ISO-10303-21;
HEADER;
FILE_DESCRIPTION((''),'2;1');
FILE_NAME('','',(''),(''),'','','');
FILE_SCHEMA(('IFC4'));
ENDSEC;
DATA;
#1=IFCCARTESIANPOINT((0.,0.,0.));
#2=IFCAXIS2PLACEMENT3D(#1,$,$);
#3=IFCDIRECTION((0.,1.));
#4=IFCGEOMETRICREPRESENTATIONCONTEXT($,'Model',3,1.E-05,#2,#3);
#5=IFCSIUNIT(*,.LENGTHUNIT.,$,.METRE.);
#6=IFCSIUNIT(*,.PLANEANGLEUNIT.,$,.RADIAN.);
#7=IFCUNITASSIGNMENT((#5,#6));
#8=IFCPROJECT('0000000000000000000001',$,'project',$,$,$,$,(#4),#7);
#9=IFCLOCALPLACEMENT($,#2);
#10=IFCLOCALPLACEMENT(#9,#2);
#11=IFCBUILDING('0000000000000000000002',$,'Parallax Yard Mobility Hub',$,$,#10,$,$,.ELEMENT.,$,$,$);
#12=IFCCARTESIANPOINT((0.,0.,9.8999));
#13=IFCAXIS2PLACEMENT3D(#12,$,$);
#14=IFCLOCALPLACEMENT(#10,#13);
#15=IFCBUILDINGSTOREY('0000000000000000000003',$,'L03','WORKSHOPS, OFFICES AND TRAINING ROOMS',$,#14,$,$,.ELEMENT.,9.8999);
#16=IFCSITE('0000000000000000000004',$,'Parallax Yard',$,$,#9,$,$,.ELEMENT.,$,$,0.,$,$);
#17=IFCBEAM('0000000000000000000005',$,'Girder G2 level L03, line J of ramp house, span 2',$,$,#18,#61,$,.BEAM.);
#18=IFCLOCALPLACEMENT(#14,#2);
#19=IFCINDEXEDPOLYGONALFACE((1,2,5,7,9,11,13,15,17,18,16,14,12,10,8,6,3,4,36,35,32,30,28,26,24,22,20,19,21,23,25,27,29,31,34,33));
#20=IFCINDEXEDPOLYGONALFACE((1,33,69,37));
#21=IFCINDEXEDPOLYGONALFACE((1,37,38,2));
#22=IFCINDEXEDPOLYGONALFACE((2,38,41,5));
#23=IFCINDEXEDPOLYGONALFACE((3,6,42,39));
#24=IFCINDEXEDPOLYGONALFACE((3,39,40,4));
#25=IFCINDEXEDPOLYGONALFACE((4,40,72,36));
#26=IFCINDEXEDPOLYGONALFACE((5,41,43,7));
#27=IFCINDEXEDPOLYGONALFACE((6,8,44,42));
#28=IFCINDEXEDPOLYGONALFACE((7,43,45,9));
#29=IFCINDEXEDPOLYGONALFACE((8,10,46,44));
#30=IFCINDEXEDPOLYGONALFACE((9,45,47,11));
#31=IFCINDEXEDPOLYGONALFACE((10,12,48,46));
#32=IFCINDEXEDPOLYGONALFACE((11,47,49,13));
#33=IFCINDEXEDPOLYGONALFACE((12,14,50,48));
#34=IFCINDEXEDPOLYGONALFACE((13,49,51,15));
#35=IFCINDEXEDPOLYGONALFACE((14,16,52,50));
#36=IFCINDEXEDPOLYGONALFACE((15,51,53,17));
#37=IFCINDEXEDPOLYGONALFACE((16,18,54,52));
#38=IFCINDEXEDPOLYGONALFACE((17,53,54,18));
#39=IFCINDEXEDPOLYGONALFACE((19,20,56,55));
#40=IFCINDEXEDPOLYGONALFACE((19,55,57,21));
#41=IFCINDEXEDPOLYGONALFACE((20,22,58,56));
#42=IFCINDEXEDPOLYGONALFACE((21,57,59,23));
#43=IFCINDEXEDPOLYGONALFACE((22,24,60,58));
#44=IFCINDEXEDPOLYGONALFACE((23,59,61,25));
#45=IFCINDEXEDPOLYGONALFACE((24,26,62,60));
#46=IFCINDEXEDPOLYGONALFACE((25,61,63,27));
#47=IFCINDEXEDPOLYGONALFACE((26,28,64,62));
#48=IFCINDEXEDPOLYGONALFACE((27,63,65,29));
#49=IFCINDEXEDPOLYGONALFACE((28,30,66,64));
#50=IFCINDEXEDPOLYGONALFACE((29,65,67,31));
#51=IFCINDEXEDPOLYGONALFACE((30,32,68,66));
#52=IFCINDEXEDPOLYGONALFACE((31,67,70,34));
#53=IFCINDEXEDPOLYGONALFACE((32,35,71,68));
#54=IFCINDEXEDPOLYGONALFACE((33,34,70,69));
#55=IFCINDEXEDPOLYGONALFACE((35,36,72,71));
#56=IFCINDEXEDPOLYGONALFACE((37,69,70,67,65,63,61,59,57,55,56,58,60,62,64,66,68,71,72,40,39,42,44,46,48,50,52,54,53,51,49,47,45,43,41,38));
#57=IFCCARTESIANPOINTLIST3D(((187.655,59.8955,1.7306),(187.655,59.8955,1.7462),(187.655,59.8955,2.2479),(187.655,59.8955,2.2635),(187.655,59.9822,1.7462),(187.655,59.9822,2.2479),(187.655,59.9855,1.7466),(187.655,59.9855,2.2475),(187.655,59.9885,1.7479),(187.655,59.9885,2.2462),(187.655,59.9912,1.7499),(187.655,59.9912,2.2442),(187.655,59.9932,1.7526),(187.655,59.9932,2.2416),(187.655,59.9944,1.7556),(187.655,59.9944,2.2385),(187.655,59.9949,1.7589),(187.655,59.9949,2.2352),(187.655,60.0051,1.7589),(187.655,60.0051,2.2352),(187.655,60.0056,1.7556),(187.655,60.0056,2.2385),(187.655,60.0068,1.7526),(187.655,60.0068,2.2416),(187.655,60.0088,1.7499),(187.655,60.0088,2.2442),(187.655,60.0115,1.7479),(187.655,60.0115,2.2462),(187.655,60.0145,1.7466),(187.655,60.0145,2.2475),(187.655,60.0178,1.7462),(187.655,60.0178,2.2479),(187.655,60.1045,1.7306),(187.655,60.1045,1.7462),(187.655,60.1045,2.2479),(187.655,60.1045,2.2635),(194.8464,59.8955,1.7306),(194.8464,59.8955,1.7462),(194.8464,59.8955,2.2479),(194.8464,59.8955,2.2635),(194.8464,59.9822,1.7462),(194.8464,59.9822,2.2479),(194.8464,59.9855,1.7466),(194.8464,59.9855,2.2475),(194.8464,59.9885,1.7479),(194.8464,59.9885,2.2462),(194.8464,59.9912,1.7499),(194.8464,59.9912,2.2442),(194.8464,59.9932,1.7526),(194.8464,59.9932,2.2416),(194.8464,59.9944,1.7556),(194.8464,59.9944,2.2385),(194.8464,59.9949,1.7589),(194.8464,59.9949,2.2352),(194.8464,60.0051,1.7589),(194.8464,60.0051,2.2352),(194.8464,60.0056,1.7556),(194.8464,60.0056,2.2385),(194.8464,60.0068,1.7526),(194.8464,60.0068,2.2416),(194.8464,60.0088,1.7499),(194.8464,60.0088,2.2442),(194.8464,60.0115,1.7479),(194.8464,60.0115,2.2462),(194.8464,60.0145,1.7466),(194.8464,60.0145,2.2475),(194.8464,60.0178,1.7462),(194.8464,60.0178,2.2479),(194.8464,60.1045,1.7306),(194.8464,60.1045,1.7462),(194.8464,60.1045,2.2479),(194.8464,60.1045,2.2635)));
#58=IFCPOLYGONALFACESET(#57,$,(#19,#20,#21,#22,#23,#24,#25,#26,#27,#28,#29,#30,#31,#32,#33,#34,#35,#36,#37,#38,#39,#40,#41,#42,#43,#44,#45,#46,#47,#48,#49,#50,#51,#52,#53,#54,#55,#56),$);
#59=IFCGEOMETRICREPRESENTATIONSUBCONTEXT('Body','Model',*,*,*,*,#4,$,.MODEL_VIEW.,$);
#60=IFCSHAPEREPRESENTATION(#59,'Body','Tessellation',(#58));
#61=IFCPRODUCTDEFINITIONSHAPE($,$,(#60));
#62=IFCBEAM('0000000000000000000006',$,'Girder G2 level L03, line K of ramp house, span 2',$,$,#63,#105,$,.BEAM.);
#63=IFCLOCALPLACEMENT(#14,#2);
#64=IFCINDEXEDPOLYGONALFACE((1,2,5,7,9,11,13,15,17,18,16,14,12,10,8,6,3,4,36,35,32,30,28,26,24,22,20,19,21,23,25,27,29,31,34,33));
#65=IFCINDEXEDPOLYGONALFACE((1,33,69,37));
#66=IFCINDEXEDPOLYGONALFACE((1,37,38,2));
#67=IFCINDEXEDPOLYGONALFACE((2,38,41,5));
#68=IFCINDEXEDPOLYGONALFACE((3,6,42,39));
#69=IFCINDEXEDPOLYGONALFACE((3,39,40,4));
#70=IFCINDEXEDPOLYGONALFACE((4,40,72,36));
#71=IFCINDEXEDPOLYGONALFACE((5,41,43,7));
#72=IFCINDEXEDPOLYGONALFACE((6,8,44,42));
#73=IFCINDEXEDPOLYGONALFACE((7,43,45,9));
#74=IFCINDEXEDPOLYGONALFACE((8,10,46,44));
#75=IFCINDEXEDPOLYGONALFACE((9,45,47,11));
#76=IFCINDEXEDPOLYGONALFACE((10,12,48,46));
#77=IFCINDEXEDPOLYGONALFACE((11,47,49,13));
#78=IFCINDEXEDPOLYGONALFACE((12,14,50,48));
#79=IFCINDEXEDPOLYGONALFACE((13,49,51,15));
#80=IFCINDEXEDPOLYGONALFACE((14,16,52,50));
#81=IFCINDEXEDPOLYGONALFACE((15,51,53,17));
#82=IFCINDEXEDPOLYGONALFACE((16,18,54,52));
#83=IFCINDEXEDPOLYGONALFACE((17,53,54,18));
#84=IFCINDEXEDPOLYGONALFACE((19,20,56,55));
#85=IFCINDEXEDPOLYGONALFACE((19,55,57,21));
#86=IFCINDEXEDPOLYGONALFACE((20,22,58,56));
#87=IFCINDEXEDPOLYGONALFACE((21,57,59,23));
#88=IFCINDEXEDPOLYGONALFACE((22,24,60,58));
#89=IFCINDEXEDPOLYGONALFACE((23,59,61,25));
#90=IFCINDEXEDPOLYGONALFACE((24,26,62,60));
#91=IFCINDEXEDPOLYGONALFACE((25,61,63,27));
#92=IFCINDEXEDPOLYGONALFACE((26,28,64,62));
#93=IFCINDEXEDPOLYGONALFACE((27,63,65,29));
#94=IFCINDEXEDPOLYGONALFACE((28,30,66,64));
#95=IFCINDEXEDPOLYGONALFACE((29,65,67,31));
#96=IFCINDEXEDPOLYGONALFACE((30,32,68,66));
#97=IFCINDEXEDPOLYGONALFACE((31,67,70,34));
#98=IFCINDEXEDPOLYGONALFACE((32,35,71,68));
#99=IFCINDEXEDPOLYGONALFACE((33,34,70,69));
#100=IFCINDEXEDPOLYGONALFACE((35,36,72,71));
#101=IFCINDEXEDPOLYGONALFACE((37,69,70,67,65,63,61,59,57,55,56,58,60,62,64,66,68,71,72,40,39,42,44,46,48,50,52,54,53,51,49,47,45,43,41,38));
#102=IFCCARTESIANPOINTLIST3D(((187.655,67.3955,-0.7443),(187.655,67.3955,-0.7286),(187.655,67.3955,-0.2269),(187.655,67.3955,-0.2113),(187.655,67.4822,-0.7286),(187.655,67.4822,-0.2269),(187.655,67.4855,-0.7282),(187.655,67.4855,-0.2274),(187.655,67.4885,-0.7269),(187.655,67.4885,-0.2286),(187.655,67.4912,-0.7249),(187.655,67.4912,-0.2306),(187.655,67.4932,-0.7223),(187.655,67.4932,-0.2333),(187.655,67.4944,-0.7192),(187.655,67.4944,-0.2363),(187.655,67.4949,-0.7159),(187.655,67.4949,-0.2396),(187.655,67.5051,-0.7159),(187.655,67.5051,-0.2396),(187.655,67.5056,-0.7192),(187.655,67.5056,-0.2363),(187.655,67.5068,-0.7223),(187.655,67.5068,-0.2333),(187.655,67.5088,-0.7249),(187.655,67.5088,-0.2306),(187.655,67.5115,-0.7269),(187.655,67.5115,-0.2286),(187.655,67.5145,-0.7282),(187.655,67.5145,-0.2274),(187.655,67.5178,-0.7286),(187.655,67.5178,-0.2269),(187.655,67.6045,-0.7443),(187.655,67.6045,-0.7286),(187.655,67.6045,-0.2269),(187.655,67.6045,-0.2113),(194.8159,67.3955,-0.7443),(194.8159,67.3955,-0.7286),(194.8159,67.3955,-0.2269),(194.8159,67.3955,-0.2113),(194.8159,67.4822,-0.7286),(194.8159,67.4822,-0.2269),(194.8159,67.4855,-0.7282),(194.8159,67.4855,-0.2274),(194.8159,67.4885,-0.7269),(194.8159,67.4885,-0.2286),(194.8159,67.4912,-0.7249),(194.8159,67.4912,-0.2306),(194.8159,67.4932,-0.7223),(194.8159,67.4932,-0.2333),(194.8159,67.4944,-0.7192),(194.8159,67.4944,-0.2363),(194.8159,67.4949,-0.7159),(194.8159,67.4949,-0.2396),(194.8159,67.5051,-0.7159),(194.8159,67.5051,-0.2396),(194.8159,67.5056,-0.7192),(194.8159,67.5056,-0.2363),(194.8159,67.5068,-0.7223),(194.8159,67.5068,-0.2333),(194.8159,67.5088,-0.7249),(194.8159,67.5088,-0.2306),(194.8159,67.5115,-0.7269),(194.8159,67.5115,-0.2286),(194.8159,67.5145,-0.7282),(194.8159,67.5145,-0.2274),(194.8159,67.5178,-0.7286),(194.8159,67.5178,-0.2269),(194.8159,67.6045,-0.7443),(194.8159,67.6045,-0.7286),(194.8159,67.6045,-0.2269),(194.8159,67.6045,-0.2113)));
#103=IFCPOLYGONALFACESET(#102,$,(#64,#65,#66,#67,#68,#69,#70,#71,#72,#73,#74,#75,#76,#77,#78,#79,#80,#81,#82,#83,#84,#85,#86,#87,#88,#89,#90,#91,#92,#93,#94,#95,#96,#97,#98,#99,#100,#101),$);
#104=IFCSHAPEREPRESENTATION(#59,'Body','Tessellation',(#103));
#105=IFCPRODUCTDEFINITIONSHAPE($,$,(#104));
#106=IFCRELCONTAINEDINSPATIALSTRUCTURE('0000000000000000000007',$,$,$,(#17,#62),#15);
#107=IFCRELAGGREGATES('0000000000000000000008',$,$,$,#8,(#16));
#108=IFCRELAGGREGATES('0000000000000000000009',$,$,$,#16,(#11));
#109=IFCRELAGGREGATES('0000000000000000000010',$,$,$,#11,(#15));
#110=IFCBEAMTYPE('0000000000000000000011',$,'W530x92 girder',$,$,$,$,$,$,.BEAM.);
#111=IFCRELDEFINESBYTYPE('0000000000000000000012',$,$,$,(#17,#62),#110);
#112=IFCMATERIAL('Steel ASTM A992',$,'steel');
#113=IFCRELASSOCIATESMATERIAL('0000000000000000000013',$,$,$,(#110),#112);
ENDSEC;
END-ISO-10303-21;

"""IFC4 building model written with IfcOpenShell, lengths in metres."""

from ifc_helpers import new_model, si_unit, direction, frame, origin, origin_2d, place, context, subcontext, project, spatial, i_section, extrude, material, material_profile, profile_set, type_object, element, save


model = new_model("IFC4")

# Units and contexts
model_context = context("Model", 3, precision=1e-05, world=origin(), true_north=direction((0.0, 1.0)))
body_context = subcontext(model_context, "Body", "Model", "MODEL_VIEW")
ifc_project = project(units=[si_unit("LENGTHUNIT", "METRE"), si_unit("PLANEANGLEUNIT", "RADIAN")], contexts=[model_context])

# Site, building, storey
site_placement = place(None, origin())
site = spatial("IfcSite", under=ifc_project, at=site_placement, Name="Parallax Yard", CompositionType="ELEMENT", RefElevation=0.0)
building_placement = place(site_placement, origin())
building = spatial("IfcBuilding", under=site, at=building_placement, Name="Parallax Yard Mobility Hub", CompositionType="ELEMENT")
storey_placement = place(building_placement, frame((0.0, 0.0, 9.8999)))
storey = spatial("IfcBuildingStorey", under=building, at=storey_placement, Name="L03", Description="WORKSHOPS, OFFICES AND TRAINING ROOMS", CompositionType="ELEMENT", Elevation=9.8999)

# Shared definitions
ifc_material_1 = material(Name="Steel ASTM A992", Category="steel")

# Beams
ifc_material_profile_1 = material_profile(ifc_material_1, i_section(OverallWidth=0.209, OverallDepth=0.533, WebThickness=0.0103, FlangeThickness=0.0156, FilletRadius=0.0127, at=origin_2d()), Name="W530x92")
ifc_profile_set_1 = profile_set([ifc_material_profile_1], Name="Steel ASTM A992")
beam_type_1 = type_object("IfcBeamType", Name="W530x92 girder", PredefinedType="BEAM", material=ifc_profile_set_1)
for number, where, z_axis, x_axis, name in (
    (1, (187.655, 60.0, 1.9971), (1.0, 0.0, 0.0), (0.0, 1.0, 0.0), "Girder G2 level L03, line J of ramp house, span 2"),
):
    element("IfcBeam", number, at=place(storey_placement, frame(where, z_axis=z_axis, x_axis=x_axis)), inside=storey, type_object=beam_type_1, Name=name, PredefinedType="BEAM", context=body_context, shape_type="SweptSolid", body=[
        extrude(i_section(OverallWidth=0.209, OverallDepth=0.533, WebThickness=0.0103, FlangeThickness=0.0156, FilletRadius=0.0127, at=origin_2d()), origin(), (0.0, 0.0, 1.0), 7.1914),
    ])
beam_placement = place(storey_placement, frame((187.655, 67.5, -0.4778), z_axis=(1.0, 0.0, 0.0), x_axis=(0.0, 1.0, 0.0)))
element("IfcBeam", 2, at=beam_placement, inside=storey, type_object=beam_type_1, Name="Girder G2 level L03, line K of ramp house, span 2", PredefinedType="BEAM", context=body_context, shape_type="SweptSolid", body=[
    extrude(i_section(OverallWidth=0.209, OverallDepth=0.533, WebThickness=0.0103, FlangeThickness=0.0156, FilletRadius=0.0127, at=origin_2d()), origin(), (0.0, 0.0, 1.0), 7.1609),
])

save(model, "model.ifc")
